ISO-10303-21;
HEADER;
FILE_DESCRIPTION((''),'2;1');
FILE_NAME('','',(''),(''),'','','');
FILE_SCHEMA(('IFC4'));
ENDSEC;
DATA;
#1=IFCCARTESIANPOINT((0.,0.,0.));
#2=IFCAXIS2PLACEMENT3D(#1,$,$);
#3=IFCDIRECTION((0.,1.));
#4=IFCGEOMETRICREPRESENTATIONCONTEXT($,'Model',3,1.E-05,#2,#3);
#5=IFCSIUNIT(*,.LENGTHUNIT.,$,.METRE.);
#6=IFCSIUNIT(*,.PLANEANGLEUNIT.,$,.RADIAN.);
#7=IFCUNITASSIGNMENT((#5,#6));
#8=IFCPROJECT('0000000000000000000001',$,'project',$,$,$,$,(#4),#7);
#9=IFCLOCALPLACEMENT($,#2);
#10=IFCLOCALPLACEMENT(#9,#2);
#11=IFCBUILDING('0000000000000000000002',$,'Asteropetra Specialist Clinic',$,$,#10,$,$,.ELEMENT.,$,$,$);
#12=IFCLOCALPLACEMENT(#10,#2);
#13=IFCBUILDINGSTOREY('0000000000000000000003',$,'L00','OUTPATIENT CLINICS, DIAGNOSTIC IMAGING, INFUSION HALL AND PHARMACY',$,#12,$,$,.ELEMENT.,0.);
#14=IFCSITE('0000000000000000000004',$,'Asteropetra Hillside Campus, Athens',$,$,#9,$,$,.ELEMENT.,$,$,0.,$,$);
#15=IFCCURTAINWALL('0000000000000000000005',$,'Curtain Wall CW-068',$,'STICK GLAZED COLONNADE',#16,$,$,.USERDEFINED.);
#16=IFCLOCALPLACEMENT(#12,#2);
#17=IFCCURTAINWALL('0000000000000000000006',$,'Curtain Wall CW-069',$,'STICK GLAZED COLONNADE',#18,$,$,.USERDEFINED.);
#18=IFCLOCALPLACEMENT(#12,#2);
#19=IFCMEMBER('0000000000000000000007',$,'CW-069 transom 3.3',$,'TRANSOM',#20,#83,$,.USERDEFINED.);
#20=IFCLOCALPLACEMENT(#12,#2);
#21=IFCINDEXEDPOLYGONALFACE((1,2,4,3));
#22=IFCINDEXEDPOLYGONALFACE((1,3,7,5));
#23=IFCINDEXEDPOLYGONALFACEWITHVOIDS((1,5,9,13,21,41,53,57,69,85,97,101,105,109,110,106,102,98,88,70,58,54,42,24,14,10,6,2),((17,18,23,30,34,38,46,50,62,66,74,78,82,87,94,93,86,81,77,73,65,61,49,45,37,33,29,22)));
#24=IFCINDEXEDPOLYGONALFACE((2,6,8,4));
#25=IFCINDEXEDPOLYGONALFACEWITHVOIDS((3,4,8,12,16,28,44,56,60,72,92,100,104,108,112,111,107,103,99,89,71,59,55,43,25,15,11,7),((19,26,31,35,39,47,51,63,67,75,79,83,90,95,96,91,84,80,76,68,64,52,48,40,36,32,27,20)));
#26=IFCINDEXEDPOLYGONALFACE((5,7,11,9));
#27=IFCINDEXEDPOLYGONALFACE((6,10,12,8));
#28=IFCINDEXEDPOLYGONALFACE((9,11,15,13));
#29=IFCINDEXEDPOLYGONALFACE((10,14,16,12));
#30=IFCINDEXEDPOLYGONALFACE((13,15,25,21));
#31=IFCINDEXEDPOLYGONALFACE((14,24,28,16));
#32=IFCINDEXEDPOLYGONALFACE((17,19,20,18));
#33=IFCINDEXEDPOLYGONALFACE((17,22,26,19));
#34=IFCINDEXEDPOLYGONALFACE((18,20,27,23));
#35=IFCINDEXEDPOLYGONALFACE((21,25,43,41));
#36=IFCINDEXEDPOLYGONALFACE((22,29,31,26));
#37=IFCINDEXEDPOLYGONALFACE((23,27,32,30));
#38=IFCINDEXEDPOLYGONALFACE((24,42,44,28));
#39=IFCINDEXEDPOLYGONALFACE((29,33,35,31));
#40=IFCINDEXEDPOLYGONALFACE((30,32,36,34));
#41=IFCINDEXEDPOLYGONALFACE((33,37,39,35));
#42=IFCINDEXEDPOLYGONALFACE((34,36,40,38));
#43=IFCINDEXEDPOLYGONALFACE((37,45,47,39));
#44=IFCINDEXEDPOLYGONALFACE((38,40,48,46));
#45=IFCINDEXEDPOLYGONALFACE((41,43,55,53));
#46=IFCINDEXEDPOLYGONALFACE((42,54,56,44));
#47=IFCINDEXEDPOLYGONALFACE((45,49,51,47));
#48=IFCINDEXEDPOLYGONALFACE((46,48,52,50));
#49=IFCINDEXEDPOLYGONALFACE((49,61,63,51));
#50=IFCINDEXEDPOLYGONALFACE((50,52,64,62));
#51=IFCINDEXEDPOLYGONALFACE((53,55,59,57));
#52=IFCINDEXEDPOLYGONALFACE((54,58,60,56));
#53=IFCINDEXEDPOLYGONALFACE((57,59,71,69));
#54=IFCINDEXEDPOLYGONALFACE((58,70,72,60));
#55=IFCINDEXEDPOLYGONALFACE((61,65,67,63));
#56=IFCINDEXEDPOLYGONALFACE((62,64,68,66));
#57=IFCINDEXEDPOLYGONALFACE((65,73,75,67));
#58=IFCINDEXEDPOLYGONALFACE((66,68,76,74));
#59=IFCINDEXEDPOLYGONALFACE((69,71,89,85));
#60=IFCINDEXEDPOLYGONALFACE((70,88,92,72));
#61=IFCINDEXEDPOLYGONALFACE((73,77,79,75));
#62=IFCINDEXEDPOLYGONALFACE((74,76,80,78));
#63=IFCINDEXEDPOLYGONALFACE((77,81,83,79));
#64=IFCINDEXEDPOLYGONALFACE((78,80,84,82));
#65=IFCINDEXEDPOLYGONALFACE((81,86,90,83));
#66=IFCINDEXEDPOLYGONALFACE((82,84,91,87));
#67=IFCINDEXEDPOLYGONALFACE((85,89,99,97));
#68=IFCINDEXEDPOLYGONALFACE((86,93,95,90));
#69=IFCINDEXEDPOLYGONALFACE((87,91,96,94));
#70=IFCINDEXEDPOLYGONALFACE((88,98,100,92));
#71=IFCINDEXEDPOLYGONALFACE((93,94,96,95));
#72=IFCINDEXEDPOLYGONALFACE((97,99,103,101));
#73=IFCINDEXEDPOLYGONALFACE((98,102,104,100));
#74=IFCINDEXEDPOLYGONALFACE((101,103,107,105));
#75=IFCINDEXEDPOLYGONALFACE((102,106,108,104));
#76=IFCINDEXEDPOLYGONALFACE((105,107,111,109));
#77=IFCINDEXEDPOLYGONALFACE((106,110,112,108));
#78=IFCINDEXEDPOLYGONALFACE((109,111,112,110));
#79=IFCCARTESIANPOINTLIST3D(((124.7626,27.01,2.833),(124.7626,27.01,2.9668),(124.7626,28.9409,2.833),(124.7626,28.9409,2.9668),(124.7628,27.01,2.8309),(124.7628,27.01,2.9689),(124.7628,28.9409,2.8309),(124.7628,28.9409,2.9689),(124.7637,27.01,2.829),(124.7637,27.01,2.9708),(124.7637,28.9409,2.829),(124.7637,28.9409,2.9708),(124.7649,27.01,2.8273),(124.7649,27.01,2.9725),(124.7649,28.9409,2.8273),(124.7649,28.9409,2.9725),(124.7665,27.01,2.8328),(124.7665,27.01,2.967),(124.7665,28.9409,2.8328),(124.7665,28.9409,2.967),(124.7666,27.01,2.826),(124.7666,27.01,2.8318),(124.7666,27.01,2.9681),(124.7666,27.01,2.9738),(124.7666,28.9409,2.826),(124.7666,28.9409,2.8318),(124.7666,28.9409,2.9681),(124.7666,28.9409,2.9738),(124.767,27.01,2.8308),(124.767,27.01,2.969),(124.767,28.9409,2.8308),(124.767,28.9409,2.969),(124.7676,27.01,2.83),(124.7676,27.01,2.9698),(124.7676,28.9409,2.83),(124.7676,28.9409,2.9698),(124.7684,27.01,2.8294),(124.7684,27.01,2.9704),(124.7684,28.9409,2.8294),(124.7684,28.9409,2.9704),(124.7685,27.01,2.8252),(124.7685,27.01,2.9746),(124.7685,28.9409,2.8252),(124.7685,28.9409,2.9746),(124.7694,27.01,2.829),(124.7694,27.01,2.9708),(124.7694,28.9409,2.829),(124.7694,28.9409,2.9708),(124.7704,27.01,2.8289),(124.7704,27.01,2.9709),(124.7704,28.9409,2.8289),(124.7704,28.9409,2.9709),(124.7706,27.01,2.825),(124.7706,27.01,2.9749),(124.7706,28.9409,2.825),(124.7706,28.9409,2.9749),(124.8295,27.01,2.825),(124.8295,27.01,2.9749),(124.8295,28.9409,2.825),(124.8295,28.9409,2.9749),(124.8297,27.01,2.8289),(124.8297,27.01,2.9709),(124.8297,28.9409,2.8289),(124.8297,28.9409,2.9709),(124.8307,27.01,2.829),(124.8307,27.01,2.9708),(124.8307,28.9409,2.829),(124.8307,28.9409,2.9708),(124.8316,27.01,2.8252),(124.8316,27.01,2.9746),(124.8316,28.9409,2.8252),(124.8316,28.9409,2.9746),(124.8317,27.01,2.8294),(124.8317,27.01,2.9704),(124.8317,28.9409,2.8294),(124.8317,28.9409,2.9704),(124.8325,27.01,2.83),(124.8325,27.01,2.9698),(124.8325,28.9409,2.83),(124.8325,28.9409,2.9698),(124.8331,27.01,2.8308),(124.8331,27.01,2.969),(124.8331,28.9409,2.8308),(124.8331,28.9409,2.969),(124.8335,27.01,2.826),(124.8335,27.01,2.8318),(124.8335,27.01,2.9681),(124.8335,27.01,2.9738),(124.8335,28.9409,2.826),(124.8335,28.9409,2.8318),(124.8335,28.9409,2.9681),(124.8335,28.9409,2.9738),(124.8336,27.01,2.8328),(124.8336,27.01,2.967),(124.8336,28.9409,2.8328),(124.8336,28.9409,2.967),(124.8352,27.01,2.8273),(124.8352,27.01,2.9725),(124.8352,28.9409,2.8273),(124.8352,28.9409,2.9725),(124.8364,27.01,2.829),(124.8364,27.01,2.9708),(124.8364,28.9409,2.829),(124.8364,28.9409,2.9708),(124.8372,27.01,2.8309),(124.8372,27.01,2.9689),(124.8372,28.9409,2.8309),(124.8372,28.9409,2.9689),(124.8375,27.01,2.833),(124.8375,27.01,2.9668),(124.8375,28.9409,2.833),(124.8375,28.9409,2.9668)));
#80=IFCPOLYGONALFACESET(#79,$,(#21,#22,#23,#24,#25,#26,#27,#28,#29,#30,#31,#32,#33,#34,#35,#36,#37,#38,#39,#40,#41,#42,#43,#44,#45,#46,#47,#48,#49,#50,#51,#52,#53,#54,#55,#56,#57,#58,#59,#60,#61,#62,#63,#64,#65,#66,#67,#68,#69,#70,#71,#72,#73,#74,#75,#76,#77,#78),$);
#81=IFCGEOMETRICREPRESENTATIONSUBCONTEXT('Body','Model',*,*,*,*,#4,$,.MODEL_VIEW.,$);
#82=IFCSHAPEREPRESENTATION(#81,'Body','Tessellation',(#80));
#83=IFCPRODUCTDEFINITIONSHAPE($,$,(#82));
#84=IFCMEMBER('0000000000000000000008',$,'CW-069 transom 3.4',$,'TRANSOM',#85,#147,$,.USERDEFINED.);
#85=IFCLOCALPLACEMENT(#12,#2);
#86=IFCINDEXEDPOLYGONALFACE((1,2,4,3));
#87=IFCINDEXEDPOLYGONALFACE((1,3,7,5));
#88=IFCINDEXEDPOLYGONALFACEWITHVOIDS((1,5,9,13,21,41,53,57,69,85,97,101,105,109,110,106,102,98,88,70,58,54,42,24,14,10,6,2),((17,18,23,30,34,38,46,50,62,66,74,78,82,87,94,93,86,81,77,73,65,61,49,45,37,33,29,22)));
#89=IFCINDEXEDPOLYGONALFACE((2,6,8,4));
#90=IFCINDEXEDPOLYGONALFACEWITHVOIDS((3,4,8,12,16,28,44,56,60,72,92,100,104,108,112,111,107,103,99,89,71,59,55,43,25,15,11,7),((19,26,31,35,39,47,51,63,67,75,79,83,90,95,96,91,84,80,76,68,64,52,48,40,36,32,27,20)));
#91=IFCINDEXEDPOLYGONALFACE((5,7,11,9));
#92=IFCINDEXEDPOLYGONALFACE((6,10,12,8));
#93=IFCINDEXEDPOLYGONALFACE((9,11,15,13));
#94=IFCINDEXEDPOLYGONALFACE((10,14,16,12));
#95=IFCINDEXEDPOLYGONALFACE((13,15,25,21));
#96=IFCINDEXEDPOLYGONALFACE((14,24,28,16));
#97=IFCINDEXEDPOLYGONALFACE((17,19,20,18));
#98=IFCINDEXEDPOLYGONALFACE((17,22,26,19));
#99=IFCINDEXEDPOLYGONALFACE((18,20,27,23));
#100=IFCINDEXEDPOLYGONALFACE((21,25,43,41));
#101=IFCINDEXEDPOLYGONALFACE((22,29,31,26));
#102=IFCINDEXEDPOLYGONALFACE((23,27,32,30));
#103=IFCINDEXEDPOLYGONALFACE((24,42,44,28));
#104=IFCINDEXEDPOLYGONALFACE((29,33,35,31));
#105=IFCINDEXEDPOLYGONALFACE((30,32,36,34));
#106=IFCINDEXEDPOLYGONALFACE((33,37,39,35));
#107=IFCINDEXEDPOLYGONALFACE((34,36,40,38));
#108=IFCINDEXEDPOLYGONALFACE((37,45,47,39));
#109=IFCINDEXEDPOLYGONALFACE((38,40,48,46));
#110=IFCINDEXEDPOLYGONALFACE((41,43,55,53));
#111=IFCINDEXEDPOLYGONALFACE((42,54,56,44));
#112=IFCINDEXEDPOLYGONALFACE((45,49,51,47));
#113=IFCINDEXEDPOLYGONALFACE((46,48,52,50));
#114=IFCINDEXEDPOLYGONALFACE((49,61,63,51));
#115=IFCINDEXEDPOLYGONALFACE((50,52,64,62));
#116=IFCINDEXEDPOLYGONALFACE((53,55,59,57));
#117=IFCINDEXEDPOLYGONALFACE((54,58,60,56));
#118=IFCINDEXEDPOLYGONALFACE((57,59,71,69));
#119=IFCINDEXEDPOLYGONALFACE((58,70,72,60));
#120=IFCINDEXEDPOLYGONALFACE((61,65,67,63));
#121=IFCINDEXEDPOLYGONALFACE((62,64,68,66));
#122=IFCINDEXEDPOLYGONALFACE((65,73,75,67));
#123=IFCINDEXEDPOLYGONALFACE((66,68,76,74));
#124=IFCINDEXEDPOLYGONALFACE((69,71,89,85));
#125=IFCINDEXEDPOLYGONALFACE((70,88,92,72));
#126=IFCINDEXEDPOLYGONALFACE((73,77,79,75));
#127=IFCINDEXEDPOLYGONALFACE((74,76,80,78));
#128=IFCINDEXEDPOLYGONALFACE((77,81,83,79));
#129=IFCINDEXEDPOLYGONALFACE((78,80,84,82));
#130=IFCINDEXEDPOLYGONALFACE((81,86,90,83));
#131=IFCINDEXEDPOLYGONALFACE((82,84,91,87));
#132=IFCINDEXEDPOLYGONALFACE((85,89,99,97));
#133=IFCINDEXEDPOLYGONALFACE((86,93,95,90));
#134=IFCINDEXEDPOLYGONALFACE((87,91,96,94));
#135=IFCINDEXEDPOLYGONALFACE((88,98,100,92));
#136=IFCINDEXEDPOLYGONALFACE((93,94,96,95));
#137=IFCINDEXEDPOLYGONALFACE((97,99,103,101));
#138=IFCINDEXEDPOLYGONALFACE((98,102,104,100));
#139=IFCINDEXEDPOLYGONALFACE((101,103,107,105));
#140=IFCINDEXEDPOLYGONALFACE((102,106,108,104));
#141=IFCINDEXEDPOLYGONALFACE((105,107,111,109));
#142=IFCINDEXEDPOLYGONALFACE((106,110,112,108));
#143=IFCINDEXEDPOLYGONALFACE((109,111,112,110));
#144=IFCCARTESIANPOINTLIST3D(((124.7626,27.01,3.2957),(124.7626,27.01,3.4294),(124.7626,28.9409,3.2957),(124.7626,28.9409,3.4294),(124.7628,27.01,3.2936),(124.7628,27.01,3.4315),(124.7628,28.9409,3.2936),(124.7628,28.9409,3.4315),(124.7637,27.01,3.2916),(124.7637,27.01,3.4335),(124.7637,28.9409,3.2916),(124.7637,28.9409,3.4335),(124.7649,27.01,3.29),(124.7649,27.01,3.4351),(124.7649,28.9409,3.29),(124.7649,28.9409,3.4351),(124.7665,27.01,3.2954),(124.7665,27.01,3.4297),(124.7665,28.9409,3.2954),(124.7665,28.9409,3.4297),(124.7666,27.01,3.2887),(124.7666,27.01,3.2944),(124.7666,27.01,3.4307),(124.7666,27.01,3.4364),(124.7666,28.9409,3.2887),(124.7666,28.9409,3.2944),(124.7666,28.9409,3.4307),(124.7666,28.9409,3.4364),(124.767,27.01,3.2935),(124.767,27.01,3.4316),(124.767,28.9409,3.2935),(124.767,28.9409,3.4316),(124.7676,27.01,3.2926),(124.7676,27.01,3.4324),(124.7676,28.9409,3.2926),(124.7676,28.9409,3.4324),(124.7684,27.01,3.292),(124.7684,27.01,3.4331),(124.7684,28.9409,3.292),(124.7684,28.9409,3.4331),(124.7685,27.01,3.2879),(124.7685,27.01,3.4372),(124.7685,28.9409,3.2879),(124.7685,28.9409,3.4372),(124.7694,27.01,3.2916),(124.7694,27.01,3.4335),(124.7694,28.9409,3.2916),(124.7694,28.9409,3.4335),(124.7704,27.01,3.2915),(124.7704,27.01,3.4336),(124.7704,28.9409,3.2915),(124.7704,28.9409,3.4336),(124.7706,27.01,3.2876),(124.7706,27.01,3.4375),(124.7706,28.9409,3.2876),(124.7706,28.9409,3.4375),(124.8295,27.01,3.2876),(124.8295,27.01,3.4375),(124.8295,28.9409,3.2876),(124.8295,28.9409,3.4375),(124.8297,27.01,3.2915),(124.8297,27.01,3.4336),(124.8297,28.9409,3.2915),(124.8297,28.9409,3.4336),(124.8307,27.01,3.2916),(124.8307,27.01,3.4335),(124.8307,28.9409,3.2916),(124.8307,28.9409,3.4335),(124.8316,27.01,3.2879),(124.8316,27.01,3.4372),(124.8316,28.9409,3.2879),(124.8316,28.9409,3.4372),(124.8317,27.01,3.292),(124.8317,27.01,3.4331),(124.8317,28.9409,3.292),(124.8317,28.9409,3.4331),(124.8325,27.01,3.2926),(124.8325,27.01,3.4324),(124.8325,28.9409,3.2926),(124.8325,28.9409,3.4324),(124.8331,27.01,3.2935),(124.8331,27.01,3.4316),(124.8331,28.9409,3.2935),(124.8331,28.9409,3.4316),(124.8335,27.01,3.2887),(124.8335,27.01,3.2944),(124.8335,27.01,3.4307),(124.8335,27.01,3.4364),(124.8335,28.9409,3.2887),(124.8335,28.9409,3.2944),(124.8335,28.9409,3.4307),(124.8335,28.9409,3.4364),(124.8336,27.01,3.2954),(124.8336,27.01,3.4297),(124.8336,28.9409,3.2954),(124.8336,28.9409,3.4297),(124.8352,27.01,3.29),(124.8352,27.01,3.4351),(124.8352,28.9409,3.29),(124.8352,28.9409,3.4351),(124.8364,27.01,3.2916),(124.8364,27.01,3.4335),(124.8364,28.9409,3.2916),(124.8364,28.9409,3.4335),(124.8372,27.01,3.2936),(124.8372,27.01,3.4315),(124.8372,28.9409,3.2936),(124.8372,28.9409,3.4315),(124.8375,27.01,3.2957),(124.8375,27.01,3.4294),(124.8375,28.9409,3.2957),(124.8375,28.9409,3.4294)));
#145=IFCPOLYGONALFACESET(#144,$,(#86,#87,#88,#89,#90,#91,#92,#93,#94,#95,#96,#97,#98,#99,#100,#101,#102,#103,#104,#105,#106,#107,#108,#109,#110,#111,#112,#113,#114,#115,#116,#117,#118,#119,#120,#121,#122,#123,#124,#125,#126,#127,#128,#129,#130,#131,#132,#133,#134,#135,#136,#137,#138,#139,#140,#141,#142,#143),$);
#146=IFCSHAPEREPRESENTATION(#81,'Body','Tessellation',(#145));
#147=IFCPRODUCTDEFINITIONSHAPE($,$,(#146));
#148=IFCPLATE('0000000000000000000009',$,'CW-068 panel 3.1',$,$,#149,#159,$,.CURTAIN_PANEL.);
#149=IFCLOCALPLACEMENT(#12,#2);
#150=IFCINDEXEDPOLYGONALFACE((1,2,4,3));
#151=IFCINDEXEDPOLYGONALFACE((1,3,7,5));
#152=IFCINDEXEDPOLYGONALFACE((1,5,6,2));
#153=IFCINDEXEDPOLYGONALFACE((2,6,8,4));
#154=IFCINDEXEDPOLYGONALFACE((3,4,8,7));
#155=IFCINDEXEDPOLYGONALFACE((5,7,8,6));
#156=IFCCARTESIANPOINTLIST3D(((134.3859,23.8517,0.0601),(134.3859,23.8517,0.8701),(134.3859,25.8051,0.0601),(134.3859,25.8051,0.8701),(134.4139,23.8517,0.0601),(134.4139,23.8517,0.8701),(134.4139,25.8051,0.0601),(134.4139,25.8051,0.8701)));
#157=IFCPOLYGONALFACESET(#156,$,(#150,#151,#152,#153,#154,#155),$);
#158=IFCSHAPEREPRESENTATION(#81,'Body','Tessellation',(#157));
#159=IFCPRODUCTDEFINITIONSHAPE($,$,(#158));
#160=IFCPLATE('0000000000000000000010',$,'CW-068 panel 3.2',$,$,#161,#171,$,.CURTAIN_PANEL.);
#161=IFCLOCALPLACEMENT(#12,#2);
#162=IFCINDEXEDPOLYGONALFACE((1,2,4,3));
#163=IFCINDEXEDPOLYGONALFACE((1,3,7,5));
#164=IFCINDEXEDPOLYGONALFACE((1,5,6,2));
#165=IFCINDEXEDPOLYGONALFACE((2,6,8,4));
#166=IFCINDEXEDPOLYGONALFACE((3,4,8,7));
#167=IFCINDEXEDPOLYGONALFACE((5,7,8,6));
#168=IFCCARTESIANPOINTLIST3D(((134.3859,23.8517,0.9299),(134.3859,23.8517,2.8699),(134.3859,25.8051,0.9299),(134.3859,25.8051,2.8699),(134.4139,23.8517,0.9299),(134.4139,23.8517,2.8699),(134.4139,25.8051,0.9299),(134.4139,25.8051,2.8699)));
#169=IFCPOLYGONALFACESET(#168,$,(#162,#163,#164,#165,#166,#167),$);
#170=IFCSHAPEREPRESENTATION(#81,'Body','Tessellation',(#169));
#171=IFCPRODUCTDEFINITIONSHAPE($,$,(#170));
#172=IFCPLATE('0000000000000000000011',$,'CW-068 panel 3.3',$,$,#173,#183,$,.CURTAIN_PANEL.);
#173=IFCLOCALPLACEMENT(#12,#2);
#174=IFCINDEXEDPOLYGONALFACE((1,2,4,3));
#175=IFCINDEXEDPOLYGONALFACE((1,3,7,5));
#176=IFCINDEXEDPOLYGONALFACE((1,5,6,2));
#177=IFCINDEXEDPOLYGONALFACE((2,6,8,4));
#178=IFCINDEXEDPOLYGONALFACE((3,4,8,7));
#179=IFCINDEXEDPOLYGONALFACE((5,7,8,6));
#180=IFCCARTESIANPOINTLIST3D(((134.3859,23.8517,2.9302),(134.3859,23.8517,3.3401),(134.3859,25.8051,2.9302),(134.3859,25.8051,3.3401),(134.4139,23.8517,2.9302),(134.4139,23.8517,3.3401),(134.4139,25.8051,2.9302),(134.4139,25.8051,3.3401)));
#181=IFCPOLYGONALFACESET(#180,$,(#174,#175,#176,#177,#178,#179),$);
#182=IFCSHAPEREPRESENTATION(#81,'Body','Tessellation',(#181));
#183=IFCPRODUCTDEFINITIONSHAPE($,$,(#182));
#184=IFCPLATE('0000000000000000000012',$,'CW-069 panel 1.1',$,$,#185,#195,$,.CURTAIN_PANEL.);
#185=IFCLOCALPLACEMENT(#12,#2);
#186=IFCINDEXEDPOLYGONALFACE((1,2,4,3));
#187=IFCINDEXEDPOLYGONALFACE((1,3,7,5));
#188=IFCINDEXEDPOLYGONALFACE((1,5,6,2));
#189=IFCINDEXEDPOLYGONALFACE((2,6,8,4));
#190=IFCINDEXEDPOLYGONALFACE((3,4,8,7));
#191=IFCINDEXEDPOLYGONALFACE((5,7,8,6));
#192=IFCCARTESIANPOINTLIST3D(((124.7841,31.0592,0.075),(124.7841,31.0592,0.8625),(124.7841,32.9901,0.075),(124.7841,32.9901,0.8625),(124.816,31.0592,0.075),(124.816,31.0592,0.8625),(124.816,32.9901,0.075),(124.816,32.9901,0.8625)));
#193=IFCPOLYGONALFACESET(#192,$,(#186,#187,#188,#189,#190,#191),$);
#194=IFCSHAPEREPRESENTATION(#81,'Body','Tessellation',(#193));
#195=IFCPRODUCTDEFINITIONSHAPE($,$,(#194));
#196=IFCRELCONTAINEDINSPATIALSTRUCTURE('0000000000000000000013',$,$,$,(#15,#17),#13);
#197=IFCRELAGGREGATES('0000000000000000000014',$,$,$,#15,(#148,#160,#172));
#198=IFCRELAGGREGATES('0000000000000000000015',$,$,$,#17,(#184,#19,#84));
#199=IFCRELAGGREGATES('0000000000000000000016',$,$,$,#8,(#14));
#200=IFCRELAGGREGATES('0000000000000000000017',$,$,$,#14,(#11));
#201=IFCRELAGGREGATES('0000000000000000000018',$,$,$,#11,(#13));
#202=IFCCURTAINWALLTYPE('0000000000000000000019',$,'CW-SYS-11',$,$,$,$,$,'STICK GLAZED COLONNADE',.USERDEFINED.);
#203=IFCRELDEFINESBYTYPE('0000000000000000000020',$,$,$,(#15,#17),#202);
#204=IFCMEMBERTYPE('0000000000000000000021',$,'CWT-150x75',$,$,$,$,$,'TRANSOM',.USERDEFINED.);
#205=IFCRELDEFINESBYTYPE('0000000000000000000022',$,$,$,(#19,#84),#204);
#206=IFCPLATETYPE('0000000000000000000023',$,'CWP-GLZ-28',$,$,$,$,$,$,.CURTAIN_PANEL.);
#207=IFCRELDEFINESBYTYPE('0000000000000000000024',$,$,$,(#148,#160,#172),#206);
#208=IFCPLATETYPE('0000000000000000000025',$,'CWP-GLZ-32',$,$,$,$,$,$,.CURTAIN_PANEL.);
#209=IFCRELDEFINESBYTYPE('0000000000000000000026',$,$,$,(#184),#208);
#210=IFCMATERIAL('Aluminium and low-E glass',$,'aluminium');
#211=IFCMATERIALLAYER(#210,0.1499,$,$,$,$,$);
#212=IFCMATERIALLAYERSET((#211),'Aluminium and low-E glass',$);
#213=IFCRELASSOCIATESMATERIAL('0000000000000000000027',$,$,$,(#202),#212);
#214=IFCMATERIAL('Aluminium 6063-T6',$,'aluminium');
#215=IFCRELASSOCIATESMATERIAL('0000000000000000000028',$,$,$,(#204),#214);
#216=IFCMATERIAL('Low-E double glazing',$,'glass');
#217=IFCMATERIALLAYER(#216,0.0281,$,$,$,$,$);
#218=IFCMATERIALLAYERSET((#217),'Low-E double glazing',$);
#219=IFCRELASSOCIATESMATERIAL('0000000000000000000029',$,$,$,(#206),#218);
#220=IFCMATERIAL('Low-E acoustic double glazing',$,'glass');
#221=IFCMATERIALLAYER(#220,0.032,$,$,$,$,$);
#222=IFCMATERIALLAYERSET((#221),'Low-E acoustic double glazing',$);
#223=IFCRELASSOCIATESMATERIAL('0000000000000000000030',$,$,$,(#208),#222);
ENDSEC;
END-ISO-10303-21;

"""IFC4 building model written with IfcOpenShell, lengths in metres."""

from ifc_helpers import new_model, si_unit, direction, frame, origin, origin_2d, place, context, subcontext, project, spatial, rectangle, hollow_rectangle, extrude, material, layer, layer_set, material_profile, profile_set, type_object, element, aggregate, save


model = new_model("IFC4")

# Units and contexts
model_context = context("Model", 3, precision=1e-05, world=origin(), true_north=direction((0.0, 1.0)))
body_context = subcontext(model_context, "Body", "Model", "MODEL_VIEW")
ifc_project = project(units=[si_unit("LENGTHUNIT", "METRE"), si_unit("PLANEANGLEUNIT", "RADIAN")], contexts=[model_context])

# Site, building, storey
site_placement = place(None, origin())
site = spatial("IfcSite", under=ifc_project, at=site_placement, Name="Asteropetra Hillside Campus, Athens", CompositionType="ELEMENT", RefElevation=0.0)
building_placement = place(site_placement, origin())
building = spatial("IfcBuilding", under=site, at=building_placement, Name="Asteropetra Specialist Clinic", CompositionType="ELEMENT")
storey_placement = place(building_placement, origin())
storey = spatial("IfcBuildingStorey", under=building, at=storey_placement, Name="L00", Description="OUTPATIENT CLINICS, DIAGNOSTIC IMAGING, INFUSION HALL AND PHARMACY", CompositionType="ELEMENT", Elevation=0.0)

# Curtain wall
ifc_material_1 = material(Name="Aluminium and low-E glass", Category="aluminium")
ifc_layer_1 = layer(ifc_material_1, 0.1499)
ifc_layer_set_1 = layer_set([ifc_layer_1], Name="Aluminium and low-E glass")
curtain_wall_type_1 = type_object("IfcCurtainWallType", Name="CW-SYS-11", ElementType="STICK GLAZED COLONNADE", PredefinedType="USERDEFINED", material=ifc_layer_set_1)
curtain_wall_1_placement = place(storey_placement, origin())
curtain_wall_1 = element("IfcCurtainWall", 1, at=curtain_wall_1_placement, inside=storey, type_object=curtain_wall_type_1, Name="Curtain Wall CW-068", ObjectType="STICK GLAZED COLONNADE", PredefinedType="USERDEFINED")

# Curtain wall
curtain_wall_2_placement = place(storey_placement, origin())
curtain_wall_2 = element("IfcCurtainWall", 2, at=curtain_wall_2_placement, inside=storey, type_object=curtain_wall_type_1, Name="Curtain Wall CW-069", ObjectType="STICK GLAZED COLONNADE", PredefinedType="USERDEFINED")

# Members
ifc_material_2 = material(Name="Aluminium 6063-T6", Category="aluminium")
ifc_material_profile_1 = material_profile(ifc_material_2, hollow_rectangle(XDim=0.075, YDim=0.1499, WallThickness=0.0039, InnerFilletRadius=0.0039, OuterFilletRadius=0.0081, at=origin_2d()), Name="TRN 150x75x4.0")
ifc_profile_set_1 = profile_set([ifc_material_profile_1], Name="Aluminium 6063-T6")
member_type_1 = type_object("IfcMemberType", Name="CWT-150x75", ElementType="TRANSOM", PredefinedType="USERDEFINED", material=ifc_profile_set_1)
member_1_placement = place(storey_placement, frame((124.8, 28.9409, 2.8999), z_axis=(0.0, -1.0, 0.0), x_axis=(1.0, 0.0, 0.0)))
member_1 = element("IfcMember", 3, at=member_1_placement, type_object=member_type_1, Name="CW-069 transom 3.3", ObjectType="TRANSOM", PredefinedType="USERDEFINED", context=body_context, shape_type="SweptSolid", body=[
    extrude(hollow_rectangle(XDim=0.075, YDim=0.1499, WallThickness=0.0039, InnerFilletRadius=0.0039, OuterFilletRadius=0.0081, at=origin_2d()), origin(), (0.0, 0.0, 1.0), 1.9309),
])
member_2_placement = place(storey_placement, frame((124.8, 28.9409, 3.3625), z_axis=(0.0, -1.0, 0.0), x_axis=(1.0, 0.0, 0.0)))
member_2 = element("IfcMember", 4, at=member_2_placement, type_object=member_type_1, Name="CW-069 transom 3.4", ObjectType="TRANSOM", PredefinedType="USERDEFINED", context=body_context, shape_type="SweptSolid", body=[
    extrude(hollow_rectangle(XDim=0.075, YDim=0.1499, WallThickness=0.0039, InnerFilletRadius=0.0039, OuterFilletRadius=0.0081, at=origin_2d()), origin(), (0.0, 0.0, 1.0), 1.9309),
])

# Plates
ifc_material_3 = material(Name="Low-E double glazing", Category="glass")
ifc_layer_2 = layer(ifc_material_3, 0.0281)
ifc_layer_set_2 = layer_set([ifc_layer_2], Name="Low-E double glazing")
plate_type_1 = type_object("IfcPlateType", Name="CWP-GLZ-28", PredefinedType="CURTAIN_PANEL", material=ifc_layer_set_2)
plate_1_placement = place(storey_placement, frame((134.3999, 24.8284, 0.0601), z_axis=(0.0, 0.0, 1.0), x_axis=(0.0, 1.0, 0.0)))
plate_1 = element("IfcPlate", 5, at=plate_1_placement, type_object=plate_type_1, Name="CW-068 panel 3.1", PredefinedType="CURTAIN_PANEL", context=body_context, shape_type="SweptSolid", body=[
    extrude(rectangle(XDim=1.9534, YDim=0.0281, at=origin_2d()), origin(), (0.0, 0.0, 1.0), 0.8101),
])
plate_2_placement = place(storey_placement, frame((134.3999, 24.8284, 0.9299), z_axis=(0.0, 0.0, 1.0), x_axis=(0.0, 1.0, 0.0)))
plate_2 = element("IfcPlate", 6, at=plate_2_placement, type_object=plate_type_1, Name="CW-068 panel 3.2", PredefinedType="CURTAIN_PANEL", context=body_context, shape_type="SweptSolid", body=[
    extrude(rectangle(XDim=1.9534, YDim=0.0281, at=origin_2d()), origin(), (0.0, 0.0, 1.0), 1.9399),
])
plate_3_placement = place(storey_placement, frame((134.3999, 24.8284, 2.9302), z_axis=(0.0, 0.0, 1.0), x_axis=(0.0, 1.0, 0.0)))
plate_3 = element("IfcPlate", 7, at=plate_3_placement, type_object=plate_type_1, Name="CW-068 panel 3.3", PredefinedType="CURTAIN_PANEL", context=body_context, shape_type="SweptSolid", body=[
    extrude(rectangle(XDim=1.9534, YDim=0.0281, at=origin_2d()), origin(), (0.0, 0.0, 1.0), 0.4099),
])
aggregate(curtain_wall_1, [plate_1, plate_2, plate_3])
ifc_material_4 = material(Name="Low-E acoustic double glazing", Category="glass")
ifc_layer_3 = layer(ifc_material_4, 0.032)
ifc_layer_set_3 = layer_set([ifc_layer_3], Name="Low-E acoustic double glazing")
plate_type_2 = type_object("IfcPlateType", Name="CWP-GLZ-32", PredefinedType="CURTAIN_PANEL", material=ifc_layer_set_3)
plate_4_placement = place(storey_placement, frame((124.8, 32.0247, 0.075), z_axis=(0.0, 0.0, 1.0), x_axis=(0.0, -1.0, 0.0)))
plate_4 = element("IfcPlate", 8, at=plate_4_placement, type_object=plate_type_2, Name="CW-069 panel 1.1", PredefinedType="CURTAIN_PANEL", context=body_context, shape_type="SweptSolid", body=[
    extrude(rectangle(XDim=1.9309, YDim=0.032, at=origin_2d()), origin(), (0.0, 0.0, 1.0), 0.7876),
])
aggregate(curtain_wall_2, [plate_4, member_1, member_2])

save(model, "model.ifc")
